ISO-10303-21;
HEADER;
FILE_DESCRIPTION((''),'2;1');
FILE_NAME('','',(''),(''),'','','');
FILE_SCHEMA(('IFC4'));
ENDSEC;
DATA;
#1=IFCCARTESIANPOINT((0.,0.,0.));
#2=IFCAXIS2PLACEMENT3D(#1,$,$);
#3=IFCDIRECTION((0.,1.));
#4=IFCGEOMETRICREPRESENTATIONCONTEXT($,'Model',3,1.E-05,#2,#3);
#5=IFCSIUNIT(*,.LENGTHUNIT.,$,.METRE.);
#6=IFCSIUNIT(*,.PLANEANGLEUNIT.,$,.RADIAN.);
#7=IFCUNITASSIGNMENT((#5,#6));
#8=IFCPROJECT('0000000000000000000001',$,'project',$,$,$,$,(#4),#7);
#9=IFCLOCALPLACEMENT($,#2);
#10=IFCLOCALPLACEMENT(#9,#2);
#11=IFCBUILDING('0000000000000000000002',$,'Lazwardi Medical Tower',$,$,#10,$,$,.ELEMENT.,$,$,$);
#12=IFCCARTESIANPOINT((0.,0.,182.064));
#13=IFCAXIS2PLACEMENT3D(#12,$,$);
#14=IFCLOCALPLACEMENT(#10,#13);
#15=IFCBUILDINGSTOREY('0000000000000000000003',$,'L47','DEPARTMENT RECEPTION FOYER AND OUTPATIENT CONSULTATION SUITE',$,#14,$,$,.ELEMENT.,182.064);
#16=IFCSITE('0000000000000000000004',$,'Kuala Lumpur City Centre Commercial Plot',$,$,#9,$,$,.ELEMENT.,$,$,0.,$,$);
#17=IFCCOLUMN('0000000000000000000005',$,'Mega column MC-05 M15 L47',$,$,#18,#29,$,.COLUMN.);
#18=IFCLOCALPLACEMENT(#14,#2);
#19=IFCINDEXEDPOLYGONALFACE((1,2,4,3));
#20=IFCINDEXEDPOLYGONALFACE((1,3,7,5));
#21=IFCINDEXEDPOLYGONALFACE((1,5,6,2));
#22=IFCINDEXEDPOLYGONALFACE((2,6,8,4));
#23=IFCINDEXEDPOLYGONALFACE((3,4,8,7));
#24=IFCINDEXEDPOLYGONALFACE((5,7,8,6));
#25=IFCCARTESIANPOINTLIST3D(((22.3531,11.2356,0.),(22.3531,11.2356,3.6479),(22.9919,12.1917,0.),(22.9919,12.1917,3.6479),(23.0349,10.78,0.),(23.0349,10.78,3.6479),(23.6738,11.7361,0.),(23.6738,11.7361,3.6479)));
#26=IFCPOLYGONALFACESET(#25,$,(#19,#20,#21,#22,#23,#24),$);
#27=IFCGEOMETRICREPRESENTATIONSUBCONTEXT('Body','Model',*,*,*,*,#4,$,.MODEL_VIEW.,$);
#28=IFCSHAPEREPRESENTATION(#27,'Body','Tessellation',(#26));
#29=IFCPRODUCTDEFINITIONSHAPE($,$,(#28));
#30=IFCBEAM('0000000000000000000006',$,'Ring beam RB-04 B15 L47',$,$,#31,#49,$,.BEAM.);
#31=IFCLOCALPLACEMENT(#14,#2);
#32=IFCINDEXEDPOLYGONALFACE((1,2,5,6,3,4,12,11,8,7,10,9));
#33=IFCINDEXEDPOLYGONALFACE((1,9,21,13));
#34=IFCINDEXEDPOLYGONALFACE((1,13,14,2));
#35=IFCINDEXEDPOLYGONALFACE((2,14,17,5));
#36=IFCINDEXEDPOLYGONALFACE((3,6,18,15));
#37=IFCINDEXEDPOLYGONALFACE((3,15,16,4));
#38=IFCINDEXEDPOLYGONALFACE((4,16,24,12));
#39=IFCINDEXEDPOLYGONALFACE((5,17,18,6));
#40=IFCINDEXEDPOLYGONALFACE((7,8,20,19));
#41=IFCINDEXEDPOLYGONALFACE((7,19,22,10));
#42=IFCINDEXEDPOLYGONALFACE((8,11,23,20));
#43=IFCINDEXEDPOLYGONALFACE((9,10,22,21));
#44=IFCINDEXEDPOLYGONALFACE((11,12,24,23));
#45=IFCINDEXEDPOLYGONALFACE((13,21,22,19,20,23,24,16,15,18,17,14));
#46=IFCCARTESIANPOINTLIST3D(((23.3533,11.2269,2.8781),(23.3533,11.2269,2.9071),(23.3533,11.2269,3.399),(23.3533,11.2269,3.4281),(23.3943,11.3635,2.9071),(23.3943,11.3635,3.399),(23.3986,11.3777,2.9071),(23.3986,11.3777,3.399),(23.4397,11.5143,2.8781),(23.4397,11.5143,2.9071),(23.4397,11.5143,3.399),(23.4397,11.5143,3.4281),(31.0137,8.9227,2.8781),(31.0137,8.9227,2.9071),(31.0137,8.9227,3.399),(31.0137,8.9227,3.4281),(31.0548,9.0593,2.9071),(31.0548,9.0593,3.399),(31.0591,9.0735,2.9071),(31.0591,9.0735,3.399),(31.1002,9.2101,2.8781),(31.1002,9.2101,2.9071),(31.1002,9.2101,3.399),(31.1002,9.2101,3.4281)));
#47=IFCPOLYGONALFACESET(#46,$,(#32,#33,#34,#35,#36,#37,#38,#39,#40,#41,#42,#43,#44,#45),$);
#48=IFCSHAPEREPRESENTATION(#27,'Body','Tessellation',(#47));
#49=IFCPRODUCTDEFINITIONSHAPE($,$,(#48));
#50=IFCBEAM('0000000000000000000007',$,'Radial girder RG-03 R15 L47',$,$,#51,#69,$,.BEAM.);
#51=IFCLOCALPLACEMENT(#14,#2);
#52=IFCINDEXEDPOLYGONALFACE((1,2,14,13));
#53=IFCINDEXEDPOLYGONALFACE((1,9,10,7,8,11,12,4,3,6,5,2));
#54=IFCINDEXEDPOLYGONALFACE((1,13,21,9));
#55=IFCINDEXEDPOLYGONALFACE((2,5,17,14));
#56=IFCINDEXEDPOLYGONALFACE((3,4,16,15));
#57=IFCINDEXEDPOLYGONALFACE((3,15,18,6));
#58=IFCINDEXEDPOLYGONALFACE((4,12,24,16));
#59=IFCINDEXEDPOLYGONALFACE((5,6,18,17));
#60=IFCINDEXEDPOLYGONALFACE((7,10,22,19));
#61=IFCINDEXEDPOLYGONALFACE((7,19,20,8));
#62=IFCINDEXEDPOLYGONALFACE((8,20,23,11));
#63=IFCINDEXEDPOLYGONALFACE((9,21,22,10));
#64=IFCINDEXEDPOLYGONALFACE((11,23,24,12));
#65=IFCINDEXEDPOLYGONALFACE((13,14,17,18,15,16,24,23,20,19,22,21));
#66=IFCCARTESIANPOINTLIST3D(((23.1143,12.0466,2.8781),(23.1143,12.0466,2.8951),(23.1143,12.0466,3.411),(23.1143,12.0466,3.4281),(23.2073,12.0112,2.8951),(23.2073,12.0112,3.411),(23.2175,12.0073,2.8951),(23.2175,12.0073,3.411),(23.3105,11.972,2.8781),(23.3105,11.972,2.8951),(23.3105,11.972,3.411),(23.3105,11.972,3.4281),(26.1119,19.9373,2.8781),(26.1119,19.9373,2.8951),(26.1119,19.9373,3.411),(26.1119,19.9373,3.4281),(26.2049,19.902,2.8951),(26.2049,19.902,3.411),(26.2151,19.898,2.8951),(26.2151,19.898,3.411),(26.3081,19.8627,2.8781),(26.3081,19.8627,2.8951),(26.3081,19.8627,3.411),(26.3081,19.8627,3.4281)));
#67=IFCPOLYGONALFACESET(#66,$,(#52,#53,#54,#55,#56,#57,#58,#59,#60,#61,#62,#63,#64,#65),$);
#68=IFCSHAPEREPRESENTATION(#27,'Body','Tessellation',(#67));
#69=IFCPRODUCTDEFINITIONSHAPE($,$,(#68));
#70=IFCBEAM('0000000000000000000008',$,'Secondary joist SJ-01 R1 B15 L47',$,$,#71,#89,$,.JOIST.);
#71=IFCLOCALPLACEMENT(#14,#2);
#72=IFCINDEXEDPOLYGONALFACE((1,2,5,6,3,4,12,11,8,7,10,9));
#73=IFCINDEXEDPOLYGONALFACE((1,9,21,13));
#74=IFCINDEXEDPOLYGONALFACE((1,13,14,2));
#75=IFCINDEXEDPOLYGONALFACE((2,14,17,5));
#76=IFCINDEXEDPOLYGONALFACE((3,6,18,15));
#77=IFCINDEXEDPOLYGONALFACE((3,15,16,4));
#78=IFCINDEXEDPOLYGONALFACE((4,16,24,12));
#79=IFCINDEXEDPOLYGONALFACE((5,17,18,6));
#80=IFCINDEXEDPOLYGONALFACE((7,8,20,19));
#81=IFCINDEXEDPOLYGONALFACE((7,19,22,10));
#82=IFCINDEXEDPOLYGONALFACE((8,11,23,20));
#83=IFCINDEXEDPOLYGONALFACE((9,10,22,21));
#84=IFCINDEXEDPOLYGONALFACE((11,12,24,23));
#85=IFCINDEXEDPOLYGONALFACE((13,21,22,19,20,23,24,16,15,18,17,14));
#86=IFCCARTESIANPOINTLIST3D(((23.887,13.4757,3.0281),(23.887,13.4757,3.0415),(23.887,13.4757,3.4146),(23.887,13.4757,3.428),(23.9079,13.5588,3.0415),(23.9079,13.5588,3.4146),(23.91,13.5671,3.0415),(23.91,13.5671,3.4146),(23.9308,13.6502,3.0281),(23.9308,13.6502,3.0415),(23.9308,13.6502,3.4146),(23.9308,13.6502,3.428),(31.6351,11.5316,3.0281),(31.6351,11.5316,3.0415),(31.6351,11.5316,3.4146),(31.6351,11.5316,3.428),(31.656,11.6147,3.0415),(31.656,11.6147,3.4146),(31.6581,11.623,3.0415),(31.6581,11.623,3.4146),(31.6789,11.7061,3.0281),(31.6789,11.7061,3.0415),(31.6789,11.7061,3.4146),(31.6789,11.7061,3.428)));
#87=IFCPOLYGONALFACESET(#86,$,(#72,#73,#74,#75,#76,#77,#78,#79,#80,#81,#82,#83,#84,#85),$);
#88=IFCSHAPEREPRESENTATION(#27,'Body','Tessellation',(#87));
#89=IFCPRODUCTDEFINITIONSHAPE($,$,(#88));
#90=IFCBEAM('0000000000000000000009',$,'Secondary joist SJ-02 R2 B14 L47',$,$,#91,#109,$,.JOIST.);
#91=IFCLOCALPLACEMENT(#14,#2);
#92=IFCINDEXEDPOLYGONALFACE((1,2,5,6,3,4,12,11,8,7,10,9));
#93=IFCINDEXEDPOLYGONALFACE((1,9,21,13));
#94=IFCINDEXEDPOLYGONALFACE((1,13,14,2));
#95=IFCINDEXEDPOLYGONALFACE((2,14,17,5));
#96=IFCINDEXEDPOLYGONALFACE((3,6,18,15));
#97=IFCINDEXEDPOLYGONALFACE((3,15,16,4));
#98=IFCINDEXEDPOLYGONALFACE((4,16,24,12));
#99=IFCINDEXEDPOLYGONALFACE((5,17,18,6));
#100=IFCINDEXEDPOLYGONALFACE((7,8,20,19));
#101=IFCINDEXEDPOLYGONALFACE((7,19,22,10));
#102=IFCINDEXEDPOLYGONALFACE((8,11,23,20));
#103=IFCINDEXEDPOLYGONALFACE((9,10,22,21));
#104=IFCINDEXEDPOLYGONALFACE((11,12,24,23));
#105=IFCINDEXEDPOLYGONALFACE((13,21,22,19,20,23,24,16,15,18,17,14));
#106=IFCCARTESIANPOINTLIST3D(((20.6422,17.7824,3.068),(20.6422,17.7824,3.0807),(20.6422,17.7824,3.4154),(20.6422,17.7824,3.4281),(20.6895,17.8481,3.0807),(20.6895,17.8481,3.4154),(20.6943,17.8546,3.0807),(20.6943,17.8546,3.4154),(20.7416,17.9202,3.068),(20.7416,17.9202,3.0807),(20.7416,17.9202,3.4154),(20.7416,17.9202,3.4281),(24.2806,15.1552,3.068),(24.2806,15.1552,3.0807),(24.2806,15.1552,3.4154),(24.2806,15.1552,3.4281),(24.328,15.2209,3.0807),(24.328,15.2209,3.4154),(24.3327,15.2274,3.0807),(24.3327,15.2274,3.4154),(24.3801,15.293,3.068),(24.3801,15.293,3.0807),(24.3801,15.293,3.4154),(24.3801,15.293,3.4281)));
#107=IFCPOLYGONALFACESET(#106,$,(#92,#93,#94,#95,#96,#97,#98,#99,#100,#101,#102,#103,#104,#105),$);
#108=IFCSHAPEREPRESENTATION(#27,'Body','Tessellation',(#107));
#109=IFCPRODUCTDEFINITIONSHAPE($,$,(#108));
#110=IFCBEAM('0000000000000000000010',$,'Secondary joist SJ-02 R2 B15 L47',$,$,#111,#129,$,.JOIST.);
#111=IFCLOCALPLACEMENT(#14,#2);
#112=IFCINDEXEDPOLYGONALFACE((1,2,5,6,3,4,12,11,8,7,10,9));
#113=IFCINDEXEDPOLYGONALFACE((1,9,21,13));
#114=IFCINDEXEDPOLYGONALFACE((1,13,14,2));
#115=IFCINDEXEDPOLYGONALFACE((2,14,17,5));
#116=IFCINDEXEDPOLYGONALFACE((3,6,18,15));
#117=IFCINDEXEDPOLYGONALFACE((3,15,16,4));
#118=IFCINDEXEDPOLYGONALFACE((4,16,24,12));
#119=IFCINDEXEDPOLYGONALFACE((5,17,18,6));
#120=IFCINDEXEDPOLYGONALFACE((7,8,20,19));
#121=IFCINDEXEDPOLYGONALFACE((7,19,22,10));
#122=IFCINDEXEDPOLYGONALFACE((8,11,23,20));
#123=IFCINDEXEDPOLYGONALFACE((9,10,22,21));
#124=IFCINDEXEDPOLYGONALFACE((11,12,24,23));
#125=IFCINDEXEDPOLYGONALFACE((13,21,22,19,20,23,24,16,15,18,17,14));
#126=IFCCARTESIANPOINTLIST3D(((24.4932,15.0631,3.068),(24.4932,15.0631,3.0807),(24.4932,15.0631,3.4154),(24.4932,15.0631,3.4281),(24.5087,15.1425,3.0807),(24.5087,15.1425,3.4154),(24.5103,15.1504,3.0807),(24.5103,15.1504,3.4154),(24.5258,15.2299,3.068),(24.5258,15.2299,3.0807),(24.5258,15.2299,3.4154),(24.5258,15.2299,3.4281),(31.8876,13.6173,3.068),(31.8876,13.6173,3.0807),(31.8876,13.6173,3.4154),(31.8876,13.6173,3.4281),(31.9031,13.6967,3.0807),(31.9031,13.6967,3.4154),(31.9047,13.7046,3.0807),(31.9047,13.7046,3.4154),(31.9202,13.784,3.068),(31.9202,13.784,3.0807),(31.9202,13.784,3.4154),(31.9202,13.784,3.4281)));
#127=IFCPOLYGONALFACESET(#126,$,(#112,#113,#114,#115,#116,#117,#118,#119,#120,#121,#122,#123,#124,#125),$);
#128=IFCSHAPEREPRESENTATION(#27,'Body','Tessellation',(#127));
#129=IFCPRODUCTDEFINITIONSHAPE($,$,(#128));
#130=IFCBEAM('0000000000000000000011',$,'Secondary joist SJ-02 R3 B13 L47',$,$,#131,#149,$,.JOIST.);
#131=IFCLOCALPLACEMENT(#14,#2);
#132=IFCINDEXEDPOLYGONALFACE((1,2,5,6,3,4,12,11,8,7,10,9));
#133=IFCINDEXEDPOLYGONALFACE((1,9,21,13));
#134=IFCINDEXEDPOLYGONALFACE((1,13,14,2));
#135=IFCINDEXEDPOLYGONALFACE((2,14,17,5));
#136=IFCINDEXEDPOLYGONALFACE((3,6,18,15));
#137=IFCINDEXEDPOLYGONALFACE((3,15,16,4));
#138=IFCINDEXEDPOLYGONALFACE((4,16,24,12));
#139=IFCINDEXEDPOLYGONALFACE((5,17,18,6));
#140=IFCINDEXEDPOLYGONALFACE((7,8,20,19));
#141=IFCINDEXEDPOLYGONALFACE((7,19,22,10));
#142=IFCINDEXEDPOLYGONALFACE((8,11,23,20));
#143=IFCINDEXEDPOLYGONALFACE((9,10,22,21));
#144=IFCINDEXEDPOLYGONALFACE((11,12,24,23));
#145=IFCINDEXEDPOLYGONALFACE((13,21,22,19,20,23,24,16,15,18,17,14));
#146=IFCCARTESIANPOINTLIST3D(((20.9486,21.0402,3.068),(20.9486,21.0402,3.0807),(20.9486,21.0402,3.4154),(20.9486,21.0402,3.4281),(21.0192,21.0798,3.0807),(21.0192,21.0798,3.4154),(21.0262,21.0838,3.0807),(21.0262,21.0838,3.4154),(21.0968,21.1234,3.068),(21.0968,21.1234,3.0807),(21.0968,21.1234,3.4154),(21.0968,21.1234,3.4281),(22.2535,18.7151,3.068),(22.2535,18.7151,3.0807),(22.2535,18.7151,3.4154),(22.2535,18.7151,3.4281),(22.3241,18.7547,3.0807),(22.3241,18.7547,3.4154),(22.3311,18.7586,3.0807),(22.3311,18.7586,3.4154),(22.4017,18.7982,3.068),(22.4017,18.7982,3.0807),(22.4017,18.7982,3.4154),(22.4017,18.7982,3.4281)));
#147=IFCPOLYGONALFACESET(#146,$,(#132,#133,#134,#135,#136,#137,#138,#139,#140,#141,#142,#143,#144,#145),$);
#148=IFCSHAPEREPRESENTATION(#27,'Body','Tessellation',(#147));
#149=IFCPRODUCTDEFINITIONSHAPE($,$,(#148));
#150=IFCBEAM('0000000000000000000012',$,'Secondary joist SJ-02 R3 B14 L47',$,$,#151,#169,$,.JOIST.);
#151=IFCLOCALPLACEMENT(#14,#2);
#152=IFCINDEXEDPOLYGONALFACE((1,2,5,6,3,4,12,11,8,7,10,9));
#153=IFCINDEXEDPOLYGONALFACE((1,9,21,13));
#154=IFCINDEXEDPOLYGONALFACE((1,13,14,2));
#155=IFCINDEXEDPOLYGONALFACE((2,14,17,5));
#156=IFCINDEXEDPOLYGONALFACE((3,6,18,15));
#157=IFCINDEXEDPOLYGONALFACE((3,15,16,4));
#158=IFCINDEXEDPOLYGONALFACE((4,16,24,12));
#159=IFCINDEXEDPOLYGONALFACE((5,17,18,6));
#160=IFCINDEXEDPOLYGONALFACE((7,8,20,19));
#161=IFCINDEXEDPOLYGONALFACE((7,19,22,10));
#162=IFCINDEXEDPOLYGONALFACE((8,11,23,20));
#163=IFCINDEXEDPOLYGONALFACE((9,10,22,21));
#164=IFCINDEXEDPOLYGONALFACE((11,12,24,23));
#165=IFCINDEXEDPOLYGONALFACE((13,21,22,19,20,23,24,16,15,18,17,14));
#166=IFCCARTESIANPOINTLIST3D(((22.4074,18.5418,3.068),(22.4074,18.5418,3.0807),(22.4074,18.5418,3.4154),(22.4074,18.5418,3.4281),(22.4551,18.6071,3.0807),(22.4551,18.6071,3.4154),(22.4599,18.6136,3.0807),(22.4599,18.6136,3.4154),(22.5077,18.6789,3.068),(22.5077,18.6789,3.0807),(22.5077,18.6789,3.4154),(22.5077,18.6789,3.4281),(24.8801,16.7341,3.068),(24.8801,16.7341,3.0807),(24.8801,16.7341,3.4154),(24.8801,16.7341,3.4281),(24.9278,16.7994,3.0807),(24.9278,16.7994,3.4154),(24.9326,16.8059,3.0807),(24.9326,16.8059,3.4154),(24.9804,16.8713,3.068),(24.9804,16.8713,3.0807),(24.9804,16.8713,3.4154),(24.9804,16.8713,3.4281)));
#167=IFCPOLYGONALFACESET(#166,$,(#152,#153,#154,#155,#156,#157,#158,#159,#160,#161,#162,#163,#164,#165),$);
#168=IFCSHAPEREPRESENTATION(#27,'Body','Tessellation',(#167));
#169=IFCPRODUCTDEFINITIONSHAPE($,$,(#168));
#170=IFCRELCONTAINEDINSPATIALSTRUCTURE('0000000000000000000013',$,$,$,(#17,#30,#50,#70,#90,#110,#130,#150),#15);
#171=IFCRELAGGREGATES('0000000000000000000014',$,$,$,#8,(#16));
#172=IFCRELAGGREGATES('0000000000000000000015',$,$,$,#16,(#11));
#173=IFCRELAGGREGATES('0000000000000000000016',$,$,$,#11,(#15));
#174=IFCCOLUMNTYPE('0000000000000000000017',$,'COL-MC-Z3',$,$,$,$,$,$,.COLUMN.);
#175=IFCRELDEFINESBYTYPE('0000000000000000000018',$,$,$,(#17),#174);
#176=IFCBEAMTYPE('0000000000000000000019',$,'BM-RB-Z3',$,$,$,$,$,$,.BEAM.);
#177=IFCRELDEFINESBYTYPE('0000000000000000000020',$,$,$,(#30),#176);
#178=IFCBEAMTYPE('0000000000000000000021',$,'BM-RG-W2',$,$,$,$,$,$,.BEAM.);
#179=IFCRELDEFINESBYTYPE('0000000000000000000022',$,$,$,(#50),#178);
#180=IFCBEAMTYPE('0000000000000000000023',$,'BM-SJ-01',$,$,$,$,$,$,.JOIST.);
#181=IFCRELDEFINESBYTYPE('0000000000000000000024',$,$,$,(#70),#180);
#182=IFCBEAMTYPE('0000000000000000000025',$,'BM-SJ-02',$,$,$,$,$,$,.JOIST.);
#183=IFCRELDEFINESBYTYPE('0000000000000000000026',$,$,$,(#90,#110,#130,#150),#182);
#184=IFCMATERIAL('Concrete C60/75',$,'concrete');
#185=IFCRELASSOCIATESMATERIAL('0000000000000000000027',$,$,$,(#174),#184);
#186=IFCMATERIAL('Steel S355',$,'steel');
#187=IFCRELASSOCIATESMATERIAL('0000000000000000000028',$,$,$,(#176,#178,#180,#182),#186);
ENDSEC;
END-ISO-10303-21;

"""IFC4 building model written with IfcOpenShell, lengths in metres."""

from ifc_helpers import new_model, si_unit, direction, frame, origin, origin_2d, place, context, subcontext, project, spatial, rectangle, i_section, extrude, material, material_profile, profile_set, type_object, element, save


model = new_model("IFC4")

# Units and contexts
model_context = context("Model", 3, precision=1e-05, world=origin(), true_north=direction((0.0, 1.0)))
body_context = subcontext(model_context, "Body", "Model", "MODEL_VIEW")
ifc_project = project(units=[si_unit("LENGTHUNIT", "METRE"), si_unit("PLANEANGLEUNIT", "RADIAN")], contexts=[model_context])

# Site, building, storey
site_placement = place(None, origin())
site = spatial("IfcSite", under=ifc_project, at=site_placement, Name="Kuala Lumpur City Centre Commercial Plot", CompositionType="ELEMENT", RefElevation=0.0)
building_placement = place(site_placement, origin())
building = spatial("IfcBuilding", under=site, at=building_placement, Name="Lazwardi Medical Tower", CompositionType="ELEMENT")
storey_placement = place(building_placement, frame((0.0, 0.0, 182.064)))
storey = spatial("IfcBuildingStorey", under=building, at=storey_placement, Name="L47", Description="DEPARTMENT RECEPTION FOYER AND OUTPATIENT CONSULTATION SUITE", CompositionType="ELEMENT", Elevation=182.064)

# Column
ifc_material_1 = material(Name="Concrete C60/75", Category="concrete")
ifc_material_profile_1 = material_profile(ifc_material_1, rectangle(XDim=1.1499, YDim=0.8201, at=origin_2d()), Name="CFT-RECT 1150x820")
ifc_profile_set_1 = profile_set([ifc_material_profile_1], Name="Concrete C60/75")
column_type = type_object("IfcColumnType", Name="COL-MC-Z3", PredefinedType="COLUMN", material=ifc_profile_set_1)
column_placement = place(storey_placement, frame((23.0134, 11.4858, 0.0), z_axis=(0.0, 0.0, 1.0), x_axis=(-0.55557, -0.83147, 0.0)))
element("IfcColumn", 1, at=column_placement, inside=storey, type_object=column_type, Name="Mega column MC-05 M15 L47", PredefinedType="COLUMN", context=body_context, shape_type="SweptSolid", body=[
    extrude(rectangle(XDim=1.1499, YDim=0.8201, at=origin_2d()), origin(), (0.0, 0.0, 1.0), 3.6479),
])

# Beams
ifc_material_2 = material(Name="Steel S355", Category="steel")
ifc_material_profile_2 = material_profile(ifc_material_2, i_section(OverallWidth=0.3, OverallDepth=0.55, WebThickness=0.0149, FlangeThickness=0.0291, at=origin_2d()), Name="HEB 550")
ifc_profile_set_2 = profile_set([ifc_material_profile_2], Name="Steel S355")
beam_type_1 = type_object("IfcBeamType", Name="BM-RB-Z3", PredefinedType="BEAM", material=ifc_profile_set_2)
beam_1_placement = place(storey_placement, frame((23.3965, 11.3706, 3.1531), z_axis=(0.957617, -0.288045, 0.0), x_axis=(0.288045, 0.957617, 0.0)))
element("IfcBeam", 2, at=beam_1_placement, inside=storey, type_object=beam_type_1, Name="Ring beam RB-04 B15 L47", PredefinedType="BEAM", context=body_context, shape_type="SweptSolid", body=[
    extrude(i_section(OverallWidth=0.3, OverallDepth=0.55, WebThickness=0.0149, FlangeThickness=0.0291, at=origin_2d()), origin(), (0.0, 0.0, 1.0), 7.9995),
])
ifc_material_profile_3 = material_profile(ifc_material_2, i_section(OverallWidth=0.21, OverallDepth=0.55, WebThickness=0.011, FlangeThickness=0.0171, at=origin_2d()), Name="IPE 550")
ifc_profile_set_3 = profile_set([ifc_material_profile_3], Name="Steel S355")
beam_type_2 = type_object("IfcBeamType", Name="BM-RG-W2", PredefinedType="BEAM", material=ifc_profile_set_3)
beam_2_placement = place(storey_placement, frame((23.2124, 12.0093, 3.1531), z_axis=(0.355127, 0.934818, 0.0), x_axis=(-0.934818, 0.355127, 0.0)))
element("IfcBeam", 3, at=beam_2_placement, inside=storey, type_object=beam_type_2, Name="Radial girder RG-03 R15 L47", PredefinedType="BEAM", context=body_context, shape_type="SweptSolid", body=[
    extrude(i_section(OverallWidth=0.21, OverallDepth=0.55, WebThickness=0.011, FlangeThickness=0.0171, at=origin_2d()), origin(), (0.0, 0.0, 1.0), 8.4409),
])
ifc_material_profile_4 = material_profile(ifc_material_2, i_section(OverallWidth=0.1799, OverallDepth=0.3999, WebThickness=0.0085, FlangeThickness=0.0134, at=origin_2d()), Name="IPE 400")
ifc_profile_set_4 = profile_set([ifc_material_profile_4], Name="Steel S355")
beam_type_3 = type_object("IfcBeamType", Name="BM-SJ-01", PredefinedType="JOIST", material=ifc_profile_set_4)
beam_3_placement = place(storey_placement, frame((23.9089, 13.563, 3.228), z_axis=(0.969934, -0.24337, 0.0), x_axis=(0.24337, 0.969934, 0.0)))
element("IfcBeam", 4, at=beam_3_placement, inside=storey, type_object=beam_type_3, Name="Secondary joist SJ-01 R1 B15 L47", PredefinedType="JOIST", context=body_context, shape_type="SweptSolid", body=[
    extrude(i_section(OverallWidth=0.1799, OverallDepth=0.3999, WebThickness=0.0085, FlangeThickness=0.0134, at=origin_2d()), origin(), (0.0, 0.0, 1.0), 7.9883),
])
ifc_material_profile_5 = material_profile(ifc_material_2, i_section(OverallWidth=0.1699, OverallDepth=0.3601, WebThickness=0.0081, FlangeThickness=0.0127, at=origin_2d()), Name="IPE 360")
ifc_profile_set_5 = profile_set([ifc_material_profile_5], Name="Steel S355")
beam_type_4 = type_object("IfcBeamType", Name="BM-SJ-02", PredefinedType="JOIST", material=ifc_profile_set_5)
beam_4_placement = place(storey_placement, frame((20.6919, 17.8513, 3.248), z_axis=(0.810738, -0.585409, 0.0), x_axis=(0.585409, 0.810738, 0.0)))
element("IfcBeam", 5, at=beam_4_placement, inside=storey, type_object=beam_type_4, Name="Secondary joist SJ-02 R2 B14 L47", PredefinedType="JOIST", context=body_context, shape_type="SweptSolid", body=[
    extrude(i_section(OverallWidth=0.1699, OverallDepth=0.3601, WebThickness=0.0081, FlangeThickness=0.0127, at=origin_2d()), origin(), (0.0, 0.0, 1.0), 4.4878),
])
beam_5_placement = place(storey_placement, frame((24.5095, 15.1465, 3.248), z_axis=(0.981415, -0.191896, 0.0), x_axis=(0.191896, 0.981415, 0.0)))
element("IfcBeam", 6, at=beam_5_placement, inside=storey, type_object=beam_type_4, Name="Secondary joist SJ-02 R2 B15 L47", PredefinedType="JOIST", context=body_context, shape_type="SweptSolid", body=[
    extrude(i_section(OverallWidth=0.1699, OverallDepth=0.3601, WebThickness=0.0081, FlangeThickness=0.0127, at=origin_2d()), origin(), (0.0, 0.0, 1.0), 7.5344),
])
beam_6_placement = place(storey_placement, frame((21.0227, 21.0818, 3.248), z_axis=(0.489409, -0.872054, 0.0), x_axis=(0.872054, 0.489409, 0.0)))
element("IfcBeam", 7, at=beam_6_placement, inside=storey, type_object=beam_type_4, Name="Secondary joist SJ-02 R3 B13 L47", PredefinedType="JOIST", context=body_context, shape_type="SweptSolid", body=[
    extrude(i_section(OverallWidth=0.1699, OverallDepth=0.3601, WebThickness=0.0081, FlangeThickness=0.0127, at=origin_2d()), origin(), (0.0, 0.0, 1.0), 2.6663),
])
beam_7_placement = place(storey_placement, frame((22.4575, 18.6104, 3.248), z_axis=(0.807286, -0.59016, 0.0), x_axis=(0.59016, 0.807286, 0.0)))
element("IfcBeam", 8, at=beam_7_placement, inside=storey, type_object=beam_type_4, Name="Secondary joist SJ-02 R3 B14 L47", PredefinedType="JOIST", context=body_context, shape_type="SweptSolid", body=[
    extrude(i_section(OverallWidth=0.1699, OverallDepth=0.3601, WebThickness=0.0081, FlangeThickness=0.0127, at=origin_2d()), origin(), (0.0, 0.0, 1.0), 3.063),
])

save(model, "model.ifc")
